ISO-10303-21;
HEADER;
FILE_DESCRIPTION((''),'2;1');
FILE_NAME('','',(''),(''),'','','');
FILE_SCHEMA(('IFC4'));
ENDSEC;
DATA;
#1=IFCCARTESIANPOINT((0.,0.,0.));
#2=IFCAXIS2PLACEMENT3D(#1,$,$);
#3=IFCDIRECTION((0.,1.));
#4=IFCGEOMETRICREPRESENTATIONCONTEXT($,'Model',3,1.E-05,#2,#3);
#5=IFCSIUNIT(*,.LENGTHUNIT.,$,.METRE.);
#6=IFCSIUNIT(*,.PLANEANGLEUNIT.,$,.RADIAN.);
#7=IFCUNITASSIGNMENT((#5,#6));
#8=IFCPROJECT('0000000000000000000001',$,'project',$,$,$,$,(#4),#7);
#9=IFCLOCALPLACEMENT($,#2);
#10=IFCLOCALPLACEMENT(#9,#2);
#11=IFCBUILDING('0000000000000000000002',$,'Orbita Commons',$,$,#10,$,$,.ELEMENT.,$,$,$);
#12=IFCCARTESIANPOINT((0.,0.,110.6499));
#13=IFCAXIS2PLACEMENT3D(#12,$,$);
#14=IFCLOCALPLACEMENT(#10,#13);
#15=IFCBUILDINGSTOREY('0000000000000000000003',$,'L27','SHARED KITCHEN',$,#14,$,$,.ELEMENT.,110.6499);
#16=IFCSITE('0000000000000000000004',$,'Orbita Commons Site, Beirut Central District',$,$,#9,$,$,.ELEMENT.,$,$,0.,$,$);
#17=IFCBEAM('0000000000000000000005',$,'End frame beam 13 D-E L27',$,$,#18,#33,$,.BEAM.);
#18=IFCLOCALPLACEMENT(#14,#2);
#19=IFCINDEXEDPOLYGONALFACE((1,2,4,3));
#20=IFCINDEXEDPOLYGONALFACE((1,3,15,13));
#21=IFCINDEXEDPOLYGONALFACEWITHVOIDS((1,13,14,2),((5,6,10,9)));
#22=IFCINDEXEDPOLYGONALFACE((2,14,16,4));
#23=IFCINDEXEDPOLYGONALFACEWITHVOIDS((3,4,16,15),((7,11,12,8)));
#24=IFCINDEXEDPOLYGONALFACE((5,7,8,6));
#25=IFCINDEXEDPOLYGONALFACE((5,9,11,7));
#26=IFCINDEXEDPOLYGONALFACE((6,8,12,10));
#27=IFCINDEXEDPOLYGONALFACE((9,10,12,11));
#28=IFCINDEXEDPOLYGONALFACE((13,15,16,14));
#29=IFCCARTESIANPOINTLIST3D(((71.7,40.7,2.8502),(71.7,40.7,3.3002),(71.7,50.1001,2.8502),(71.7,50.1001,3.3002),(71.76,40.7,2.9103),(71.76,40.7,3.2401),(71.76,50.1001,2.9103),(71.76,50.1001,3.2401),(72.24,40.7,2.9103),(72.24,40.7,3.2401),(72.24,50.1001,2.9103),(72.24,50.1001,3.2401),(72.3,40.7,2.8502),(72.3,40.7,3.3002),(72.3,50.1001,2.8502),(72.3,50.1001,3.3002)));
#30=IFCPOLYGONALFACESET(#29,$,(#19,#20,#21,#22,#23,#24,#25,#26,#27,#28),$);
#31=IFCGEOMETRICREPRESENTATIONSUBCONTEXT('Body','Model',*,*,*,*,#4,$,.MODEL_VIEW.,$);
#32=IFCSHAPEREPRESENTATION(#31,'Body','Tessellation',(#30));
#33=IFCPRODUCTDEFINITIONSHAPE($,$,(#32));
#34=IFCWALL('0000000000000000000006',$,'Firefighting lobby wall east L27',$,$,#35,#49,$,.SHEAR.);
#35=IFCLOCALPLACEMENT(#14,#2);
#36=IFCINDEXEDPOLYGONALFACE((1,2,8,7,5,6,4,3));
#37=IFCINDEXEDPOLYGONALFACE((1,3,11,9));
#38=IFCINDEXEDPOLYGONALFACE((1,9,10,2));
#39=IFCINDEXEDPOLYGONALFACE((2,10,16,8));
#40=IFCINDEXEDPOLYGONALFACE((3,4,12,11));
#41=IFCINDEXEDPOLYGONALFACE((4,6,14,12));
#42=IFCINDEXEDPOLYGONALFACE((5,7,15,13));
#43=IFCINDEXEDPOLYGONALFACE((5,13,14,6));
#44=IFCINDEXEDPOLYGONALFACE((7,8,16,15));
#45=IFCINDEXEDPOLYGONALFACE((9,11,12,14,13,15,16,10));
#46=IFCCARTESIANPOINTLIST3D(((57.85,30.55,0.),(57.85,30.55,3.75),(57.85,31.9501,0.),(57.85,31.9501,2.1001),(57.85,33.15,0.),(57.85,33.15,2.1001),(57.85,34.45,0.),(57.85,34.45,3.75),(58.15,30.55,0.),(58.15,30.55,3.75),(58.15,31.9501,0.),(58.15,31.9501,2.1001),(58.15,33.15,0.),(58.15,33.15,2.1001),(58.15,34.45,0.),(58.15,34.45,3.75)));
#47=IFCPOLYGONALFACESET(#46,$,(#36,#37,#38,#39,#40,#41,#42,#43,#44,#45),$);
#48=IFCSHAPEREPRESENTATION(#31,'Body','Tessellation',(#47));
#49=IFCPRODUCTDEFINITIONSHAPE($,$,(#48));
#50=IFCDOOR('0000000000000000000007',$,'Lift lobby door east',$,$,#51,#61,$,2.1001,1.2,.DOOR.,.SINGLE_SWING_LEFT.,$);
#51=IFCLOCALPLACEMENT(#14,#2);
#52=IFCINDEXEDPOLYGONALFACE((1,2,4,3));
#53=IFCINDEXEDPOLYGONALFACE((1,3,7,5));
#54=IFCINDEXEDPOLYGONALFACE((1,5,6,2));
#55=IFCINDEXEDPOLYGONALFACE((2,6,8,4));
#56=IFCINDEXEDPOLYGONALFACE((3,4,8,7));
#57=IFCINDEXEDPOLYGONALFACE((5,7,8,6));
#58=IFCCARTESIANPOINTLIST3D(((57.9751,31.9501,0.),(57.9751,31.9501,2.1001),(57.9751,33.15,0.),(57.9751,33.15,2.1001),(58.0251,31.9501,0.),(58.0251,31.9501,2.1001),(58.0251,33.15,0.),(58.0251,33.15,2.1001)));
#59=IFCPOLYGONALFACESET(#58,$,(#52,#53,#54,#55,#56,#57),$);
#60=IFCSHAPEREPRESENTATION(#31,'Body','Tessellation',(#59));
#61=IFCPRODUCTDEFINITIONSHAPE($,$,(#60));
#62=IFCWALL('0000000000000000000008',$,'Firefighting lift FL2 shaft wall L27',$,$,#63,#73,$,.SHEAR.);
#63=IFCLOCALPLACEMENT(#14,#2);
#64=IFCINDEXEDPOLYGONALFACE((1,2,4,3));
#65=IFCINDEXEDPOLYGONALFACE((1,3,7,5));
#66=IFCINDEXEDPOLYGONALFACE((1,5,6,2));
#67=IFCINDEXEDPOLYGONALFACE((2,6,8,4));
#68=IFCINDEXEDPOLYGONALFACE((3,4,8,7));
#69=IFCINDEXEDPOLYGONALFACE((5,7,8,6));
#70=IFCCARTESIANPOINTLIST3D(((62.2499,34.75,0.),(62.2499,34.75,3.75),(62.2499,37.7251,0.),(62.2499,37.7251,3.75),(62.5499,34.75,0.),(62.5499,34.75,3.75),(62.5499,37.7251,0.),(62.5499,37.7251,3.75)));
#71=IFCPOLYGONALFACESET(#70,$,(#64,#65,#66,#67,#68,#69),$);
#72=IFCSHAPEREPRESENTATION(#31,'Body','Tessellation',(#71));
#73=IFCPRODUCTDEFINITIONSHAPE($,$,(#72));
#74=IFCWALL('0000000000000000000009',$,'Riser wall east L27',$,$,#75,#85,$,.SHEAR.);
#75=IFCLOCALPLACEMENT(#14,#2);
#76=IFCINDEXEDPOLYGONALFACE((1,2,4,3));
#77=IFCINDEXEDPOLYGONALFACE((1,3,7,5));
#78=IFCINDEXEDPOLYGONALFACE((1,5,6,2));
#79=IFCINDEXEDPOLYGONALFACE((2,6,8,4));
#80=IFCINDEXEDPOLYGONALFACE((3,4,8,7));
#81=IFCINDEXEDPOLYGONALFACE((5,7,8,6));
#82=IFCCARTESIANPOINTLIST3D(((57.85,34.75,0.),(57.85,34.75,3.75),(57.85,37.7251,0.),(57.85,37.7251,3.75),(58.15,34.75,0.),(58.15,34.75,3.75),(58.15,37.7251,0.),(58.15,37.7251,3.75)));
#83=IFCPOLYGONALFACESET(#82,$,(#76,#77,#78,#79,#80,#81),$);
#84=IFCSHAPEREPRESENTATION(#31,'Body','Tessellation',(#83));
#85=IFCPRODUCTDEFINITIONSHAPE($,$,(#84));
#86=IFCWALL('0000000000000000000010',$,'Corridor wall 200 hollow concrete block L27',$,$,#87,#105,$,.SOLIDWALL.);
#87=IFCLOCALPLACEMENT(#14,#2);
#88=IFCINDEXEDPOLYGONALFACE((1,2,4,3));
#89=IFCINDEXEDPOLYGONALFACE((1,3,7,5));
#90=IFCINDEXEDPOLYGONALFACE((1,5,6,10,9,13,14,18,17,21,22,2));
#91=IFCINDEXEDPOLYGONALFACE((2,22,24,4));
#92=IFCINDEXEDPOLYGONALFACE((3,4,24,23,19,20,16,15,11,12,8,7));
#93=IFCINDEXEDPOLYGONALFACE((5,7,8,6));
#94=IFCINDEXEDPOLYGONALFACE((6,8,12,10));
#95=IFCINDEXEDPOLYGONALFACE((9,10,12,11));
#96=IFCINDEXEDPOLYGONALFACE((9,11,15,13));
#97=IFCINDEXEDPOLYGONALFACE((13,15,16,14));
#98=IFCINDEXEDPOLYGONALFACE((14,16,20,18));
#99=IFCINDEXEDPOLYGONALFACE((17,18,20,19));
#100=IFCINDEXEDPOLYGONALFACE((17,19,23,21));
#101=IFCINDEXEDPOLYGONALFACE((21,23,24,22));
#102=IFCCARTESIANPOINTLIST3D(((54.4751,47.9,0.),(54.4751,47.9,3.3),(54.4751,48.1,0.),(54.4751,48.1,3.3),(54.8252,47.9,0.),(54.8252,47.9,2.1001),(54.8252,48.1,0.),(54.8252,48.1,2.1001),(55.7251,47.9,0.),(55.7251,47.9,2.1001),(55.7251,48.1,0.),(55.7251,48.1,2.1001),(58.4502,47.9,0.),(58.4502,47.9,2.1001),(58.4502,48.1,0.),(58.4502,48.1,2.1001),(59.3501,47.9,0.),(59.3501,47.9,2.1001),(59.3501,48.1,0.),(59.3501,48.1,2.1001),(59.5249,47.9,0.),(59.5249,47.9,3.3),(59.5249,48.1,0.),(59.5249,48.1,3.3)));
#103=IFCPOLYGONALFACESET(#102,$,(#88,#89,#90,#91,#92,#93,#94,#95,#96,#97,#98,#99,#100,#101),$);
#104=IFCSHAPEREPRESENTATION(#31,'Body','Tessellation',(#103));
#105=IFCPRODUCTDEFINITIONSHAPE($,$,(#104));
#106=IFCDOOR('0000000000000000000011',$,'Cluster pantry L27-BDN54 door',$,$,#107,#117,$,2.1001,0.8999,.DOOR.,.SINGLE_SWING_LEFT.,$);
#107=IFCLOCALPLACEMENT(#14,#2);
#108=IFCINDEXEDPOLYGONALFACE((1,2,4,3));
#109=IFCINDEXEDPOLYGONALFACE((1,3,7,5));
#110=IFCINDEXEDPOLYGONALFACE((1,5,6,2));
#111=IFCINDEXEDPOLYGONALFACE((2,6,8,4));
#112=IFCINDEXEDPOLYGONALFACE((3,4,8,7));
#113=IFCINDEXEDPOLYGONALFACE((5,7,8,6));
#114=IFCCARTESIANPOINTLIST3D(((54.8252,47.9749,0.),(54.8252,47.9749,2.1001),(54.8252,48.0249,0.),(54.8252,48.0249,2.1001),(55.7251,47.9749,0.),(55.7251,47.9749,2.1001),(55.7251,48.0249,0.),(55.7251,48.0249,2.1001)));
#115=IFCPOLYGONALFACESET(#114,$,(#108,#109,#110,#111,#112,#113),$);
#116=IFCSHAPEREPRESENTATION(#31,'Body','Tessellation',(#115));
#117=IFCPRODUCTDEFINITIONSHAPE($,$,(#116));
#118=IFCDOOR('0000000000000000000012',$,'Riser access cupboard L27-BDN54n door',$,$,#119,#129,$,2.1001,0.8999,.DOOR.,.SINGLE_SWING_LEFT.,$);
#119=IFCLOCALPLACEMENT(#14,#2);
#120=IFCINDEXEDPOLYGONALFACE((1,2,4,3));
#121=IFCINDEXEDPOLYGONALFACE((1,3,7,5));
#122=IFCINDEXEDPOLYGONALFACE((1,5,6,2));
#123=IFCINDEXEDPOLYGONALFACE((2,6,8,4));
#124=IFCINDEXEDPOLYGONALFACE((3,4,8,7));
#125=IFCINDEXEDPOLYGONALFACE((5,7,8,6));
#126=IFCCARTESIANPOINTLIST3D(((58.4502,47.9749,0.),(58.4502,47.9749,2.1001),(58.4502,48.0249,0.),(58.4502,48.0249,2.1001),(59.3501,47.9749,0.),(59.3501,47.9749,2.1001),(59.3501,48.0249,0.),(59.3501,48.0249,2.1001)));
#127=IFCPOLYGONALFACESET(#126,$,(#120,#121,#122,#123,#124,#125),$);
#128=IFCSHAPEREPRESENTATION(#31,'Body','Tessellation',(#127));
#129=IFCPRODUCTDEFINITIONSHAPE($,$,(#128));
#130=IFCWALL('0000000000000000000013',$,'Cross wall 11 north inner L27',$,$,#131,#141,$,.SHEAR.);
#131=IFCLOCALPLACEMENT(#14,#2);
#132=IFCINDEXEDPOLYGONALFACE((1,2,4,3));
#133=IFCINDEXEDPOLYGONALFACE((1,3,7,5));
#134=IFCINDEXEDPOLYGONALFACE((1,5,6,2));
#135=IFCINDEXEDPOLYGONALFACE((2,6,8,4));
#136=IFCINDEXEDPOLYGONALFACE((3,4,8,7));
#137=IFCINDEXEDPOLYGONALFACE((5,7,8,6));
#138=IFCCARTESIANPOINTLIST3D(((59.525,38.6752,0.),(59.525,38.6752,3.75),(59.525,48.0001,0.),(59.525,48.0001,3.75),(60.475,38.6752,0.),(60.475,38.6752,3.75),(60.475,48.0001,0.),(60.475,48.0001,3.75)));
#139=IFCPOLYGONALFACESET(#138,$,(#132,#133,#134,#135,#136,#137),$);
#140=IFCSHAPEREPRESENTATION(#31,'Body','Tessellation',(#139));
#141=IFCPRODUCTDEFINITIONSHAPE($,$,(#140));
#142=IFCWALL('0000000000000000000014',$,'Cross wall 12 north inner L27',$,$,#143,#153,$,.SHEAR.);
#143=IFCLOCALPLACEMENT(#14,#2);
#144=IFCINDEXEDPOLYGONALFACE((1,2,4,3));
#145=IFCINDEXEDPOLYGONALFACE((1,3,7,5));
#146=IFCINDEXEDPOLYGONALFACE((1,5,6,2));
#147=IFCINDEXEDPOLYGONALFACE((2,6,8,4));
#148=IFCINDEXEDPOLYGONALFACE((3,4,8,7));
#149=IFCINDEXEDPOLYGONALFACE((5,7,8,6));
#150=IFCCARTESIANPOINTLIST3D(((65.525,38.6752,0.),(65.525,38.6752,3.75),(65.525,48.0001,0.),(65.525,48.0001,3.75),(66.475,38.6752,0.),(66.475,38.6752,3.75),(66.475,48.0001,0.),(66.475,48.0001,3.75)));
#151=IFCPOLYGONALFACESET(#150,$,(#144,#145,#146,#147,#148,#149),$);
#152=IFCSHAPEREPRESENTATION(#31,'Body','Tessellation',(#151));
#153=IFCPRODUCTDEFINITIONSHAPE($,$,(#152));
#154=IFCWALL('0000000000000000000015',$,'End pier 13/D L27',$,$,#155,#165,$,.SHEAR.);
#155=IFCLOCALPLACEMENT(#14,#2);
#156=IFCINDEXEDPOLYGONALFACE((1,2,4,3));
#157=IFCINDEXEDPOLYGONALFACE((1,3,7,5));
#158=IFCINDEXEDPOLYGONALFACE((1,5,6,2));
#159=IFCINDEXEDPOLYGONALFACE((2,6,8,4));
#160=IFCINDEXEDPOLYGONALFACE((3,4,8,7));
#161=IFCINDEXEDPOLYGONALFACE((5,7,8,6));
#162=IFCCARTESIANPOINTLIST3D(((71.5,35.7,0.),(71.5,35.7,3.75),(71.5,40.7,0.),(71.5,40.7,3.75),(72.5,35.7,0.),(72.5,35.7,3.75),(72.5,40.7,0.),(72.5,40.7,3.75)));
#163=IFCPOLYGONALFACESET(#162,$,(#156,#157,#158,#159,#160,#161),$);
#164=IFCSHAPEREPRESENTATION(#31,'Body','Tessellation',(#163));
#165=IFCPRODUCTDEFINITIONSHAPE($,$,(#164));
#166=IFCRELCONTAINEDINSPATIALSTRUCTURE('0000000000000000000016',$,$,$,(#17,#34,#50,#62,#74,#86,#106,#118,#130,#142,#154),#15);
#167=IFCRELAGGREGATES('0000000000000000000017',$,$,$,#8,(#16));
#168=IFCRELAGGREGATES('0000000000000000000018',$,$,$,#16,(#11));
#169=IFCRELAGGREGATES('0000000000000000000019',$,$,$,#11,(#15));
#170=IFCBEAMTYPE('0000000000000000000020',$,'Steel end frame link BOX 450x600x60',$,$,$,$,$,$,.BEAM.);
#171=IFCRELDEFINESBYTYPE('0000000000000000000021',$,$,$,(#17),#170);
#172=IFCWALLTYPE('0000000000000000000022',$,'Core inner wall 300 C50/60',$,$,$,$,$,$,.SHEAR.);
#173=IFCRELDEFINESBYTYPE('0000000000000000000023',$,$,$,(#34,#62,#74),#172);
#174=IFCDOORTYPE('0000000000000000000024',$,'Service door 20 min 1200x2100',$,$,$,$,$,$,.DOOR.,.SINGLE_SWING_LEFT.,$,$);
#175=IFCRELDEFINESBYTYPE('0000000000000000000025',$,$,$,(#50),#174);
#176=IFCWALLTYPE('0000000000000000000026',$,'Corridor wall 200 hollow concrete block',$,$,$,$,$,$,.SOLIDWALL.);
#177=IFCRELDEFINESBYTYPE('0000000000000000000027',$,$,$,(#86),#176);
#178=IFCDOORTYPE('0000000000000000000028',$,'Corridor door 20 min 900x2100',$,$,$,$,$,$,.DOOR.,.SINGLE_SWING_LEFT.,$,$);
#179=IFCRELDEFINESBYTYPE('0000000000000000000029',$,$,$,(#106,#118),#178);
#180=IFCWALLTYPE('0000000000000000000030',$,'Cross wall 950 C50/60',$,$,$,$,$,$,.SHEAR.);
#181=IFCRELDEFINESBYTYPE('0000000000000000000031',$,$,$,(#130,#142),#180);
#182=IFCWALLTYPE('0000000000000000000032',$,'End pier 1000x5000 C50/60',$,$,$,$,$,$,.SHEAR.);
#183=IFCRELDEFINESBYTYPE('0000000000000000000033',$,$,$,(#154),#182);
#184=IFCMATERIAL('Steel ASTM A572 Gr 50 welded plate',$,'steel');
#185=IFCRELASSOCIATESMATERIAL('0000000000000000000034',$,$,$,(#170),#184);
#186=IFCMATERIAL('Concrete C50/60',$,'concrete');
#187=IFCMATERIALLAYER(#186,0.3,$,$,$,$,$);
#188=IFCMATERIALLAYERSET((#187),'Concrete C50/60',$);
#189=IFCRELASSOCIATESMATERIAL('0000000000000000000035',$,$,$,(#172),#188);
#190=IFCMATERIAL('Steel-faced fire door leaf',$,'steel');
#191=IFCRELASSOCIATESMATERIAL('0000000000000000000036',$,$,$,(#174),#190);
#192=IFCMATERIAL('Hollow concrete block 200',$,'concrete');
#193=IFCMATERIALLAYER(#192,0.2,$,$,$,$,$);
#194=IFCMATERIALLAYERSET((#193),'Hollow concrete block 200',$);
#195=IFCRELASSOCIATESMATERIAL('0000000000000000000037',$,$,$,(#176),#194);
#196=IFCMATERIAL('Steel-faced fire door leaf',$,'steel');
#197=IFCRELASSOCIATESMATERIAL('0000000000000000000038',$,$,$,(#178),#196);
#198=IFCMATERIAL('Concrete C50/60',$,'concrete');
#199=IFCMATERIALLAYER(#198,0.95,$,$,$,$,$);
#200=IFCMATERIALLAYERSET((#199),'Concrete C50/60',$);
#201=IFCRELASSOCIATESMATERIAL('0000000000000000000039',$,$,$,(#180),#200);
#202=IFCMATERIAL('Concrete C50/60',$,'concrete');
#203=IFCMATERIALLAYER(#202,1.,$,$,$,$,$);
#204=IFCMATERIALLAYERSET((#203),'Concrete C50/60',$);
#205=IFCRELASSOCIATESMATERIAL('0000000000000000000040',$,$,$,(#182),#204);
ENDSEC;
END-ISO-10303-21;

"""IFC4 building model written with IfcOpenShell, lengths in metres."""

from ifc_helpers import new_model, si_unit, direction, frame, frame_2d, origin, origin_2d, place, context, subcontext, project, spatial, rectangle, hollow_rectangle, extrude, material, layer, layer_set, material_profile, profile_set, type_object, element, fill, save


model = new_model("IFC4")

# Units and contexts
model_context = context("Model", 3, precision=1e-05, world=origin(), true_north=direction((0.0, 1.0)))
body_context = subcontext(model_context, "Body", "Model", "MODEL_VIEW")
ifc_project = project(units=[si_unit("LENGTHUNIT", "METRE"), si_unit("PLANEANGLEUNIT", "RADIAN")], contexts=[model_context])

# Site, building, storey
site_placement = place(None, origin())
site = spatial("IfcSite", under=ifc_project, at=site_placement, Name="Orbita Commons Site, Beirut Central District", CompositionType="ELEMENT", RefElevation=0.0)
building_placement = place(site_placement, origin())
building = spatial("IfcBuilding", under=site, at=building_placement, Name="Orbita Commons", CompositionType="ELEMENT")
storey_placement = place(building_placement, frame((0.0, 0.0, 110.6499)))
storey = spatial("IfcBuildingStorey", under=building, at=storey_placement, Name="L27", Description="SHARED KITCHEN", CompositionType="ELEMENT", Elevation=110.6499)

# Beam
ifc_material_1 = material(Name="Steel ASTM A572 Gr 50 welded plate", Category="steel")
ifc_material_profile = material_profile(ifc_material_1, hollow_rectangle(XDim=0.6001, YDim=0.45, WallThickness=0.0601, at=origin_2d()), Name="BOX 450x600x60")
ifc_profile_set = profile_set([ifc_material_profile], Name="Steel ASTM A572 Gr 50 welded plate")
beam_type = type_object("IfcBeamType", Name="Steel end frame link BOX 450x600x60", PredefinedType="BEAM", material=ifc_profile_set)
beam_placement = place(storey_placement, frame((72.0, 40.7, 3.0752), z_axis=(0.0, 1.0, 0.0), x_axis=(-1.0, 0.0, 0.0)))
element("IfcBeam", 1, at=beam_placement, inside=storey, type_object=beam_type, Name="End frame beam 13 D-E L27", PredefinedType="BEAM", context=body_context, shape_type="SweptSolid", body=[
    extrude(hollow_rectangle(XDim=0.6001, YDim=0.45, WallThickness=0.0601, at=origin_2d()), origin(), (0.0, 0.0, 1.0), 9.4001),
])

# Wall, opening, door
ifc_material_2 = material(Name="Concrete C50/60", Category="concrete")
ifc_layer_1 = layer(ifc_material_2, 0.3)
ifc_layer_set_1 = layer_set([ifc_layer_1], Name="Concrete C50/60")
wall_type_1 = type_object("IfcWallType", Name="Core inner wall 300 C50/60", PredefinedType="SHEAR", material=ifc_layer_set_1)
wall_1_placement = place(storey_placement, frame((58.0, 30.55, 0.0), z_axis=(0.0, 0.0, 1.0), x_axis=(0.0, 1.0, 0.0)))
wall_1 = element("IfcWall", 2, at=wall_1_placement, inside=storey, type_object=wall_type_1, Name="Firefighting lobby wall east L27", PredefinedType="SHEAR", context=body_context, shape_type="SweptSolid", body=[
    extrude(rectangle(XDim=3.8999, YDim=0.3, at=frame_2d((1.95, 0.0))), origin(), (0.0, 0.0, 1.0), 3.75),
])
opening_1_placement = place(wall_1_placement, frame((1.3999, 0.0, 0.0)))
opening_1 = element("IfcOpeningElement", 3, at=opening_1_placement, cuts=wall_1, PredefinedType="OPENING", context=body_context, shape_type="SweptSolid", body=[
    extrude(rectangle(XDim=1.2, YDim=2.1001, at=frame_2d((0.6001, 1.05))), frame((0.0, 0.1599, 0.0), z_axis=(0.0, -1.0, 0.0), x_axis=(1.0, 0.0, 0.0)), (0.0, 0.0, 1.0), 0.3201),
])
ifc_material_3 = material(Name="Steel-faced fire door leaf", Category="steel")
door_type_1 = type_object("IfcDoorType", Name="Service door 20 min 1200x2100", OperationType="SINGLE_SWING_LEFT", PredefinedType="DOOR", material=ifc_material_3)
door_1_placement = place(opening_1_placement, origin())
door_1 = element("IfcDoor", 4, at=door_1_placement, inside=storey, type_object=door_type_1, Name="Lift lobby door east", OperationType="SINGLE_SWING_LEFT", OverallHeight=2.1001, OverallWidth=1.2, PredefinedType="DOOR", context=body_context, shape_type="SweptSolid", body=[
    extrude(rectangle(XDim=1.2, YDim=2.1001, at=frame_2d((0.6001, 1.05))), frame((0.0, 0.0249, 0.0), z_axis=(0.0, -1.0, 0.0), x_axis=(1.0, 0.0, 0.0)), (0.0, 0.0, 1.0), 0.05),
])
fill(opening_1, door_1)

# Walls
for number, where, z_axis, x_axis, name in (
    (5, (62.3999, 34.75, 0.0), (0.0, 0.0, 1.0), (0.0, 1.0, 0.0), "Firefighting lift FL2 shaft wall L27"),
    (6, (58.0, 34.75, 0.0), (0.0, 0.0, 1.0), (0.0, 1.0, 0.0), "Riser wall east L27"),
):
    element("IfcWall", number, at=place(storey_placement, frame(where, z_axis=z_axis, x_axis=x_axis)), inside=storey, type_object=wall_type_1, Name=name, PredefinedType="SHEAR", context=body_context, shape_type="SweptSolid", body=[
        extrude(rectangle(XDim=2.9751, YDim=0.3, at=frame_2d((1.4875, 0.0))), origin(), (0.0, 0.0, 1.0), 3.75),
    ])

# Wall, openings, doors
ifc_material_4 = material(Name="Hollow concrete block 200", Category="concrete")
ifc_layer_2 = layer(ifc_material_4, 0.2)
ifc_layer_set_2 = layer_set([ifc_layer_2], Name="Hollow concrete block 200")
wall_type_2 = type_object("IfcWallType", Name="Corridor wall 200 hollow concrete block", PredefinedType="SOLIDWALL", material=ifc_layer_set_2)
wall_2_placement = place(storey_placement, frame((54.4751, 48.0, 0.0), z_axis=(0.0, 0.0, 1.0), x_axis=(1.0, 0.0, 0.0)))
wall_2 = element("IfcWall", 7, at=wall_2_placement, inside=storey, type_object=wall_type_2, Name="Corridor wall 200 hollow concrete block L27", PredefinedType="SOLIDWALL", context=body_context, shape_type="SweptSolid", body=[
    extrude(rectangle(XDim=5.0498, YDim=0.2, at=frame_2d((2.5249, 0.0))), origin(), (0.0, 0.0, 1.0), 3.3),
])
opening_2_placement = place(wall_2_placement, frame((0.3501, 0.0, 0.0)))
opening_2 = element("IfcOpeningElement", 8, at=opening_2_placement, cuts=wall_2, PredefinedType="OPENING", context=body_context, shape_type="SweptSolid", body=[
    extrude(rectangle(XDim=0.8999, YDim=2.1001, at=frame_2d((0.45, 1.05))), frame((0.0, 0.1099, 0.0), z_axis=(0.0, -1.0, 0.0), x_axis=(1.0, 0.0, 0.0)), (0.0, 0.0, 1.0), 0.22),
])
opening_3_placement = place(wall_2_placement, frame((3.9751, 0.0, 0.0)))
opening_3 = element("IfcOpeningElement", 9, at=opening_3_placement, cuts=wall_2, PredefinedType="OPENING", context=body_context, shape_type="SweptSolid", body=[
    extrude(rectangle(XDim=0.8999, YDim=2.1001, at=frame_2d((0.45, 1.05))), frame((0.0, 0.1099, 0.0), z_axis=(0.0, -1.0, 0.0), x_axis=(1.0, 0.0, 0.0)), (0.0, 0.0, 1.0), 0.22),
])
ifc_material_5 = material(Name="Steel-faced fire door leaf", Category="steel")
door_type_2 = type_object("IfcDoorType", Name="Corridor door 20 min 900x2100", OperationType="SINGLE_SWING_LEFT", PredefinedType="DOOR", material=ifc_material_5)
door_2_placement = place(opening_2_placement, origin())
door_2 = element("IfcDoor", 10, at=door_2_placement, inside=storey, type_object=door_type_2, Name="Cluster pantry L27-BDN54 door", OperationType="SINGLE_SWING_LEFT", OverallHeight=2.1001, OverallWidth=0.8999, PredefinedType="DOOR", context=body_context, shape_type="SweptSolid", body=[
    extrude(rectangle(XDim=0.8999, YDim=2.1001, at=frame_2d((0.45, 1.05))), frame((0.0, 0.0249, 0.0), z_axis=(0.0, -1.0, 0.0), x_axis=(1.0, 0.0, 0.0)), (0.0, 0.0, 1.0), 0.05),
])
fill(opening_2, door_2)
door_3_placement = place(opening_3_placement, origin())
door_3 = element("IfcDoor", 11, at=door_3_placement, inside=storey, type_object=door_type_2, Name="Riser access cupboard L27-BDN54n door", OperationType="SINGLE_SWING_LEFT", OverallHeight=2.1001, OverallWidth=0.8999, PredefinedType="DOOR", context=body_context, shape_type="SweptSolid", body=[
    extrude(rectangle(XDim=0.8999, YDim=2.1001, at=frame_2d((0.45, 1.05))), frame((0.0, 0.0249, 0.0), z_axis=(0.0, -1.0, 0.0), x_axis=(1.0, 0.0, 0.0)), (0.0, 0.0, 1.0), 0.05),
])
fill(opening_3, door_3)

# Walls
ifc_material_6 = material(Name="Concrete C50/60", Category="concrete")
ifc_layer_3 = layer(ifc_material_6, 0.95)
ifc_layer_set_3 = layer_set([ifc_layer_3], Name="Concrete C50/60")
wall_type_3 = type_object("IfcWallType", Name="Cross wall 950 C50/60", PredefinedType="SHEAR", material=ifc_layer_set_3)
for number, where, z_axis, x_axis, name in (
    (12, (60.0, 38.675, 0.0), (0.0, 0.0, 1.0), (0.0, 1.0, 0.0), "Cross wall 11 north inner L27"),
    (13, (66.0, 38.675, 0.0), (0.0, 0.0, 1.0), (0.0, 1.0, 0.0), "Cross wall 12 north inner L27"),
):
    element("IfcWall", number, at=place(storey_placement, frame(where, z_axis=z_axis, x_axis=x_axis)), inside=storey, type_object=wall_type_3, Name=name, PredefinedType="SHEAR", context=body_context, shape_type="SweptSolid", body=[
        extrude(rectangle(XDim=9.325, YDim=0.95, at=frame_2d((4.6626, 0.0))), origin(), (0.0, 0.0, 1.0), 3.75),
    ])
ifc_material_7 = material(Name="Concrete C50/60", Category="concrete")
ifc_layer_4 = layer(ifc_material_7, 1.0)
ifc_layer_set_4 = layer_set([ifc_layer_4], Name="Concrete C50/60")
wall_type_4 = type_object("IfcWallType", Name="End pier 1000x5000 C50/60", PredefinedType="SHEAR", material=ifc_layer_set_4)
wall_3_placement = place(storey_placement, frame((72.0, 35.7, 0.0), z_axis=(0.0, 0.0, 1.0), x_axis=(0.0, 1.0, 0.0)))
element("IfcWall", 14, at=wall_3_placement, inside=storey, type_object=wall_type_4, Name="End pier 13/D L27", PredefinedType="SHEAR", context=body_context, shape_type="SweptSolid", body=[
    extrude(rectangle(XDim=5.0, YDim=1.0, at=frame_2d((2.5, 0.0))), origin(), (0.0, 0.0, 1.0), 3.75),
])

save(model, "model.ifc")
